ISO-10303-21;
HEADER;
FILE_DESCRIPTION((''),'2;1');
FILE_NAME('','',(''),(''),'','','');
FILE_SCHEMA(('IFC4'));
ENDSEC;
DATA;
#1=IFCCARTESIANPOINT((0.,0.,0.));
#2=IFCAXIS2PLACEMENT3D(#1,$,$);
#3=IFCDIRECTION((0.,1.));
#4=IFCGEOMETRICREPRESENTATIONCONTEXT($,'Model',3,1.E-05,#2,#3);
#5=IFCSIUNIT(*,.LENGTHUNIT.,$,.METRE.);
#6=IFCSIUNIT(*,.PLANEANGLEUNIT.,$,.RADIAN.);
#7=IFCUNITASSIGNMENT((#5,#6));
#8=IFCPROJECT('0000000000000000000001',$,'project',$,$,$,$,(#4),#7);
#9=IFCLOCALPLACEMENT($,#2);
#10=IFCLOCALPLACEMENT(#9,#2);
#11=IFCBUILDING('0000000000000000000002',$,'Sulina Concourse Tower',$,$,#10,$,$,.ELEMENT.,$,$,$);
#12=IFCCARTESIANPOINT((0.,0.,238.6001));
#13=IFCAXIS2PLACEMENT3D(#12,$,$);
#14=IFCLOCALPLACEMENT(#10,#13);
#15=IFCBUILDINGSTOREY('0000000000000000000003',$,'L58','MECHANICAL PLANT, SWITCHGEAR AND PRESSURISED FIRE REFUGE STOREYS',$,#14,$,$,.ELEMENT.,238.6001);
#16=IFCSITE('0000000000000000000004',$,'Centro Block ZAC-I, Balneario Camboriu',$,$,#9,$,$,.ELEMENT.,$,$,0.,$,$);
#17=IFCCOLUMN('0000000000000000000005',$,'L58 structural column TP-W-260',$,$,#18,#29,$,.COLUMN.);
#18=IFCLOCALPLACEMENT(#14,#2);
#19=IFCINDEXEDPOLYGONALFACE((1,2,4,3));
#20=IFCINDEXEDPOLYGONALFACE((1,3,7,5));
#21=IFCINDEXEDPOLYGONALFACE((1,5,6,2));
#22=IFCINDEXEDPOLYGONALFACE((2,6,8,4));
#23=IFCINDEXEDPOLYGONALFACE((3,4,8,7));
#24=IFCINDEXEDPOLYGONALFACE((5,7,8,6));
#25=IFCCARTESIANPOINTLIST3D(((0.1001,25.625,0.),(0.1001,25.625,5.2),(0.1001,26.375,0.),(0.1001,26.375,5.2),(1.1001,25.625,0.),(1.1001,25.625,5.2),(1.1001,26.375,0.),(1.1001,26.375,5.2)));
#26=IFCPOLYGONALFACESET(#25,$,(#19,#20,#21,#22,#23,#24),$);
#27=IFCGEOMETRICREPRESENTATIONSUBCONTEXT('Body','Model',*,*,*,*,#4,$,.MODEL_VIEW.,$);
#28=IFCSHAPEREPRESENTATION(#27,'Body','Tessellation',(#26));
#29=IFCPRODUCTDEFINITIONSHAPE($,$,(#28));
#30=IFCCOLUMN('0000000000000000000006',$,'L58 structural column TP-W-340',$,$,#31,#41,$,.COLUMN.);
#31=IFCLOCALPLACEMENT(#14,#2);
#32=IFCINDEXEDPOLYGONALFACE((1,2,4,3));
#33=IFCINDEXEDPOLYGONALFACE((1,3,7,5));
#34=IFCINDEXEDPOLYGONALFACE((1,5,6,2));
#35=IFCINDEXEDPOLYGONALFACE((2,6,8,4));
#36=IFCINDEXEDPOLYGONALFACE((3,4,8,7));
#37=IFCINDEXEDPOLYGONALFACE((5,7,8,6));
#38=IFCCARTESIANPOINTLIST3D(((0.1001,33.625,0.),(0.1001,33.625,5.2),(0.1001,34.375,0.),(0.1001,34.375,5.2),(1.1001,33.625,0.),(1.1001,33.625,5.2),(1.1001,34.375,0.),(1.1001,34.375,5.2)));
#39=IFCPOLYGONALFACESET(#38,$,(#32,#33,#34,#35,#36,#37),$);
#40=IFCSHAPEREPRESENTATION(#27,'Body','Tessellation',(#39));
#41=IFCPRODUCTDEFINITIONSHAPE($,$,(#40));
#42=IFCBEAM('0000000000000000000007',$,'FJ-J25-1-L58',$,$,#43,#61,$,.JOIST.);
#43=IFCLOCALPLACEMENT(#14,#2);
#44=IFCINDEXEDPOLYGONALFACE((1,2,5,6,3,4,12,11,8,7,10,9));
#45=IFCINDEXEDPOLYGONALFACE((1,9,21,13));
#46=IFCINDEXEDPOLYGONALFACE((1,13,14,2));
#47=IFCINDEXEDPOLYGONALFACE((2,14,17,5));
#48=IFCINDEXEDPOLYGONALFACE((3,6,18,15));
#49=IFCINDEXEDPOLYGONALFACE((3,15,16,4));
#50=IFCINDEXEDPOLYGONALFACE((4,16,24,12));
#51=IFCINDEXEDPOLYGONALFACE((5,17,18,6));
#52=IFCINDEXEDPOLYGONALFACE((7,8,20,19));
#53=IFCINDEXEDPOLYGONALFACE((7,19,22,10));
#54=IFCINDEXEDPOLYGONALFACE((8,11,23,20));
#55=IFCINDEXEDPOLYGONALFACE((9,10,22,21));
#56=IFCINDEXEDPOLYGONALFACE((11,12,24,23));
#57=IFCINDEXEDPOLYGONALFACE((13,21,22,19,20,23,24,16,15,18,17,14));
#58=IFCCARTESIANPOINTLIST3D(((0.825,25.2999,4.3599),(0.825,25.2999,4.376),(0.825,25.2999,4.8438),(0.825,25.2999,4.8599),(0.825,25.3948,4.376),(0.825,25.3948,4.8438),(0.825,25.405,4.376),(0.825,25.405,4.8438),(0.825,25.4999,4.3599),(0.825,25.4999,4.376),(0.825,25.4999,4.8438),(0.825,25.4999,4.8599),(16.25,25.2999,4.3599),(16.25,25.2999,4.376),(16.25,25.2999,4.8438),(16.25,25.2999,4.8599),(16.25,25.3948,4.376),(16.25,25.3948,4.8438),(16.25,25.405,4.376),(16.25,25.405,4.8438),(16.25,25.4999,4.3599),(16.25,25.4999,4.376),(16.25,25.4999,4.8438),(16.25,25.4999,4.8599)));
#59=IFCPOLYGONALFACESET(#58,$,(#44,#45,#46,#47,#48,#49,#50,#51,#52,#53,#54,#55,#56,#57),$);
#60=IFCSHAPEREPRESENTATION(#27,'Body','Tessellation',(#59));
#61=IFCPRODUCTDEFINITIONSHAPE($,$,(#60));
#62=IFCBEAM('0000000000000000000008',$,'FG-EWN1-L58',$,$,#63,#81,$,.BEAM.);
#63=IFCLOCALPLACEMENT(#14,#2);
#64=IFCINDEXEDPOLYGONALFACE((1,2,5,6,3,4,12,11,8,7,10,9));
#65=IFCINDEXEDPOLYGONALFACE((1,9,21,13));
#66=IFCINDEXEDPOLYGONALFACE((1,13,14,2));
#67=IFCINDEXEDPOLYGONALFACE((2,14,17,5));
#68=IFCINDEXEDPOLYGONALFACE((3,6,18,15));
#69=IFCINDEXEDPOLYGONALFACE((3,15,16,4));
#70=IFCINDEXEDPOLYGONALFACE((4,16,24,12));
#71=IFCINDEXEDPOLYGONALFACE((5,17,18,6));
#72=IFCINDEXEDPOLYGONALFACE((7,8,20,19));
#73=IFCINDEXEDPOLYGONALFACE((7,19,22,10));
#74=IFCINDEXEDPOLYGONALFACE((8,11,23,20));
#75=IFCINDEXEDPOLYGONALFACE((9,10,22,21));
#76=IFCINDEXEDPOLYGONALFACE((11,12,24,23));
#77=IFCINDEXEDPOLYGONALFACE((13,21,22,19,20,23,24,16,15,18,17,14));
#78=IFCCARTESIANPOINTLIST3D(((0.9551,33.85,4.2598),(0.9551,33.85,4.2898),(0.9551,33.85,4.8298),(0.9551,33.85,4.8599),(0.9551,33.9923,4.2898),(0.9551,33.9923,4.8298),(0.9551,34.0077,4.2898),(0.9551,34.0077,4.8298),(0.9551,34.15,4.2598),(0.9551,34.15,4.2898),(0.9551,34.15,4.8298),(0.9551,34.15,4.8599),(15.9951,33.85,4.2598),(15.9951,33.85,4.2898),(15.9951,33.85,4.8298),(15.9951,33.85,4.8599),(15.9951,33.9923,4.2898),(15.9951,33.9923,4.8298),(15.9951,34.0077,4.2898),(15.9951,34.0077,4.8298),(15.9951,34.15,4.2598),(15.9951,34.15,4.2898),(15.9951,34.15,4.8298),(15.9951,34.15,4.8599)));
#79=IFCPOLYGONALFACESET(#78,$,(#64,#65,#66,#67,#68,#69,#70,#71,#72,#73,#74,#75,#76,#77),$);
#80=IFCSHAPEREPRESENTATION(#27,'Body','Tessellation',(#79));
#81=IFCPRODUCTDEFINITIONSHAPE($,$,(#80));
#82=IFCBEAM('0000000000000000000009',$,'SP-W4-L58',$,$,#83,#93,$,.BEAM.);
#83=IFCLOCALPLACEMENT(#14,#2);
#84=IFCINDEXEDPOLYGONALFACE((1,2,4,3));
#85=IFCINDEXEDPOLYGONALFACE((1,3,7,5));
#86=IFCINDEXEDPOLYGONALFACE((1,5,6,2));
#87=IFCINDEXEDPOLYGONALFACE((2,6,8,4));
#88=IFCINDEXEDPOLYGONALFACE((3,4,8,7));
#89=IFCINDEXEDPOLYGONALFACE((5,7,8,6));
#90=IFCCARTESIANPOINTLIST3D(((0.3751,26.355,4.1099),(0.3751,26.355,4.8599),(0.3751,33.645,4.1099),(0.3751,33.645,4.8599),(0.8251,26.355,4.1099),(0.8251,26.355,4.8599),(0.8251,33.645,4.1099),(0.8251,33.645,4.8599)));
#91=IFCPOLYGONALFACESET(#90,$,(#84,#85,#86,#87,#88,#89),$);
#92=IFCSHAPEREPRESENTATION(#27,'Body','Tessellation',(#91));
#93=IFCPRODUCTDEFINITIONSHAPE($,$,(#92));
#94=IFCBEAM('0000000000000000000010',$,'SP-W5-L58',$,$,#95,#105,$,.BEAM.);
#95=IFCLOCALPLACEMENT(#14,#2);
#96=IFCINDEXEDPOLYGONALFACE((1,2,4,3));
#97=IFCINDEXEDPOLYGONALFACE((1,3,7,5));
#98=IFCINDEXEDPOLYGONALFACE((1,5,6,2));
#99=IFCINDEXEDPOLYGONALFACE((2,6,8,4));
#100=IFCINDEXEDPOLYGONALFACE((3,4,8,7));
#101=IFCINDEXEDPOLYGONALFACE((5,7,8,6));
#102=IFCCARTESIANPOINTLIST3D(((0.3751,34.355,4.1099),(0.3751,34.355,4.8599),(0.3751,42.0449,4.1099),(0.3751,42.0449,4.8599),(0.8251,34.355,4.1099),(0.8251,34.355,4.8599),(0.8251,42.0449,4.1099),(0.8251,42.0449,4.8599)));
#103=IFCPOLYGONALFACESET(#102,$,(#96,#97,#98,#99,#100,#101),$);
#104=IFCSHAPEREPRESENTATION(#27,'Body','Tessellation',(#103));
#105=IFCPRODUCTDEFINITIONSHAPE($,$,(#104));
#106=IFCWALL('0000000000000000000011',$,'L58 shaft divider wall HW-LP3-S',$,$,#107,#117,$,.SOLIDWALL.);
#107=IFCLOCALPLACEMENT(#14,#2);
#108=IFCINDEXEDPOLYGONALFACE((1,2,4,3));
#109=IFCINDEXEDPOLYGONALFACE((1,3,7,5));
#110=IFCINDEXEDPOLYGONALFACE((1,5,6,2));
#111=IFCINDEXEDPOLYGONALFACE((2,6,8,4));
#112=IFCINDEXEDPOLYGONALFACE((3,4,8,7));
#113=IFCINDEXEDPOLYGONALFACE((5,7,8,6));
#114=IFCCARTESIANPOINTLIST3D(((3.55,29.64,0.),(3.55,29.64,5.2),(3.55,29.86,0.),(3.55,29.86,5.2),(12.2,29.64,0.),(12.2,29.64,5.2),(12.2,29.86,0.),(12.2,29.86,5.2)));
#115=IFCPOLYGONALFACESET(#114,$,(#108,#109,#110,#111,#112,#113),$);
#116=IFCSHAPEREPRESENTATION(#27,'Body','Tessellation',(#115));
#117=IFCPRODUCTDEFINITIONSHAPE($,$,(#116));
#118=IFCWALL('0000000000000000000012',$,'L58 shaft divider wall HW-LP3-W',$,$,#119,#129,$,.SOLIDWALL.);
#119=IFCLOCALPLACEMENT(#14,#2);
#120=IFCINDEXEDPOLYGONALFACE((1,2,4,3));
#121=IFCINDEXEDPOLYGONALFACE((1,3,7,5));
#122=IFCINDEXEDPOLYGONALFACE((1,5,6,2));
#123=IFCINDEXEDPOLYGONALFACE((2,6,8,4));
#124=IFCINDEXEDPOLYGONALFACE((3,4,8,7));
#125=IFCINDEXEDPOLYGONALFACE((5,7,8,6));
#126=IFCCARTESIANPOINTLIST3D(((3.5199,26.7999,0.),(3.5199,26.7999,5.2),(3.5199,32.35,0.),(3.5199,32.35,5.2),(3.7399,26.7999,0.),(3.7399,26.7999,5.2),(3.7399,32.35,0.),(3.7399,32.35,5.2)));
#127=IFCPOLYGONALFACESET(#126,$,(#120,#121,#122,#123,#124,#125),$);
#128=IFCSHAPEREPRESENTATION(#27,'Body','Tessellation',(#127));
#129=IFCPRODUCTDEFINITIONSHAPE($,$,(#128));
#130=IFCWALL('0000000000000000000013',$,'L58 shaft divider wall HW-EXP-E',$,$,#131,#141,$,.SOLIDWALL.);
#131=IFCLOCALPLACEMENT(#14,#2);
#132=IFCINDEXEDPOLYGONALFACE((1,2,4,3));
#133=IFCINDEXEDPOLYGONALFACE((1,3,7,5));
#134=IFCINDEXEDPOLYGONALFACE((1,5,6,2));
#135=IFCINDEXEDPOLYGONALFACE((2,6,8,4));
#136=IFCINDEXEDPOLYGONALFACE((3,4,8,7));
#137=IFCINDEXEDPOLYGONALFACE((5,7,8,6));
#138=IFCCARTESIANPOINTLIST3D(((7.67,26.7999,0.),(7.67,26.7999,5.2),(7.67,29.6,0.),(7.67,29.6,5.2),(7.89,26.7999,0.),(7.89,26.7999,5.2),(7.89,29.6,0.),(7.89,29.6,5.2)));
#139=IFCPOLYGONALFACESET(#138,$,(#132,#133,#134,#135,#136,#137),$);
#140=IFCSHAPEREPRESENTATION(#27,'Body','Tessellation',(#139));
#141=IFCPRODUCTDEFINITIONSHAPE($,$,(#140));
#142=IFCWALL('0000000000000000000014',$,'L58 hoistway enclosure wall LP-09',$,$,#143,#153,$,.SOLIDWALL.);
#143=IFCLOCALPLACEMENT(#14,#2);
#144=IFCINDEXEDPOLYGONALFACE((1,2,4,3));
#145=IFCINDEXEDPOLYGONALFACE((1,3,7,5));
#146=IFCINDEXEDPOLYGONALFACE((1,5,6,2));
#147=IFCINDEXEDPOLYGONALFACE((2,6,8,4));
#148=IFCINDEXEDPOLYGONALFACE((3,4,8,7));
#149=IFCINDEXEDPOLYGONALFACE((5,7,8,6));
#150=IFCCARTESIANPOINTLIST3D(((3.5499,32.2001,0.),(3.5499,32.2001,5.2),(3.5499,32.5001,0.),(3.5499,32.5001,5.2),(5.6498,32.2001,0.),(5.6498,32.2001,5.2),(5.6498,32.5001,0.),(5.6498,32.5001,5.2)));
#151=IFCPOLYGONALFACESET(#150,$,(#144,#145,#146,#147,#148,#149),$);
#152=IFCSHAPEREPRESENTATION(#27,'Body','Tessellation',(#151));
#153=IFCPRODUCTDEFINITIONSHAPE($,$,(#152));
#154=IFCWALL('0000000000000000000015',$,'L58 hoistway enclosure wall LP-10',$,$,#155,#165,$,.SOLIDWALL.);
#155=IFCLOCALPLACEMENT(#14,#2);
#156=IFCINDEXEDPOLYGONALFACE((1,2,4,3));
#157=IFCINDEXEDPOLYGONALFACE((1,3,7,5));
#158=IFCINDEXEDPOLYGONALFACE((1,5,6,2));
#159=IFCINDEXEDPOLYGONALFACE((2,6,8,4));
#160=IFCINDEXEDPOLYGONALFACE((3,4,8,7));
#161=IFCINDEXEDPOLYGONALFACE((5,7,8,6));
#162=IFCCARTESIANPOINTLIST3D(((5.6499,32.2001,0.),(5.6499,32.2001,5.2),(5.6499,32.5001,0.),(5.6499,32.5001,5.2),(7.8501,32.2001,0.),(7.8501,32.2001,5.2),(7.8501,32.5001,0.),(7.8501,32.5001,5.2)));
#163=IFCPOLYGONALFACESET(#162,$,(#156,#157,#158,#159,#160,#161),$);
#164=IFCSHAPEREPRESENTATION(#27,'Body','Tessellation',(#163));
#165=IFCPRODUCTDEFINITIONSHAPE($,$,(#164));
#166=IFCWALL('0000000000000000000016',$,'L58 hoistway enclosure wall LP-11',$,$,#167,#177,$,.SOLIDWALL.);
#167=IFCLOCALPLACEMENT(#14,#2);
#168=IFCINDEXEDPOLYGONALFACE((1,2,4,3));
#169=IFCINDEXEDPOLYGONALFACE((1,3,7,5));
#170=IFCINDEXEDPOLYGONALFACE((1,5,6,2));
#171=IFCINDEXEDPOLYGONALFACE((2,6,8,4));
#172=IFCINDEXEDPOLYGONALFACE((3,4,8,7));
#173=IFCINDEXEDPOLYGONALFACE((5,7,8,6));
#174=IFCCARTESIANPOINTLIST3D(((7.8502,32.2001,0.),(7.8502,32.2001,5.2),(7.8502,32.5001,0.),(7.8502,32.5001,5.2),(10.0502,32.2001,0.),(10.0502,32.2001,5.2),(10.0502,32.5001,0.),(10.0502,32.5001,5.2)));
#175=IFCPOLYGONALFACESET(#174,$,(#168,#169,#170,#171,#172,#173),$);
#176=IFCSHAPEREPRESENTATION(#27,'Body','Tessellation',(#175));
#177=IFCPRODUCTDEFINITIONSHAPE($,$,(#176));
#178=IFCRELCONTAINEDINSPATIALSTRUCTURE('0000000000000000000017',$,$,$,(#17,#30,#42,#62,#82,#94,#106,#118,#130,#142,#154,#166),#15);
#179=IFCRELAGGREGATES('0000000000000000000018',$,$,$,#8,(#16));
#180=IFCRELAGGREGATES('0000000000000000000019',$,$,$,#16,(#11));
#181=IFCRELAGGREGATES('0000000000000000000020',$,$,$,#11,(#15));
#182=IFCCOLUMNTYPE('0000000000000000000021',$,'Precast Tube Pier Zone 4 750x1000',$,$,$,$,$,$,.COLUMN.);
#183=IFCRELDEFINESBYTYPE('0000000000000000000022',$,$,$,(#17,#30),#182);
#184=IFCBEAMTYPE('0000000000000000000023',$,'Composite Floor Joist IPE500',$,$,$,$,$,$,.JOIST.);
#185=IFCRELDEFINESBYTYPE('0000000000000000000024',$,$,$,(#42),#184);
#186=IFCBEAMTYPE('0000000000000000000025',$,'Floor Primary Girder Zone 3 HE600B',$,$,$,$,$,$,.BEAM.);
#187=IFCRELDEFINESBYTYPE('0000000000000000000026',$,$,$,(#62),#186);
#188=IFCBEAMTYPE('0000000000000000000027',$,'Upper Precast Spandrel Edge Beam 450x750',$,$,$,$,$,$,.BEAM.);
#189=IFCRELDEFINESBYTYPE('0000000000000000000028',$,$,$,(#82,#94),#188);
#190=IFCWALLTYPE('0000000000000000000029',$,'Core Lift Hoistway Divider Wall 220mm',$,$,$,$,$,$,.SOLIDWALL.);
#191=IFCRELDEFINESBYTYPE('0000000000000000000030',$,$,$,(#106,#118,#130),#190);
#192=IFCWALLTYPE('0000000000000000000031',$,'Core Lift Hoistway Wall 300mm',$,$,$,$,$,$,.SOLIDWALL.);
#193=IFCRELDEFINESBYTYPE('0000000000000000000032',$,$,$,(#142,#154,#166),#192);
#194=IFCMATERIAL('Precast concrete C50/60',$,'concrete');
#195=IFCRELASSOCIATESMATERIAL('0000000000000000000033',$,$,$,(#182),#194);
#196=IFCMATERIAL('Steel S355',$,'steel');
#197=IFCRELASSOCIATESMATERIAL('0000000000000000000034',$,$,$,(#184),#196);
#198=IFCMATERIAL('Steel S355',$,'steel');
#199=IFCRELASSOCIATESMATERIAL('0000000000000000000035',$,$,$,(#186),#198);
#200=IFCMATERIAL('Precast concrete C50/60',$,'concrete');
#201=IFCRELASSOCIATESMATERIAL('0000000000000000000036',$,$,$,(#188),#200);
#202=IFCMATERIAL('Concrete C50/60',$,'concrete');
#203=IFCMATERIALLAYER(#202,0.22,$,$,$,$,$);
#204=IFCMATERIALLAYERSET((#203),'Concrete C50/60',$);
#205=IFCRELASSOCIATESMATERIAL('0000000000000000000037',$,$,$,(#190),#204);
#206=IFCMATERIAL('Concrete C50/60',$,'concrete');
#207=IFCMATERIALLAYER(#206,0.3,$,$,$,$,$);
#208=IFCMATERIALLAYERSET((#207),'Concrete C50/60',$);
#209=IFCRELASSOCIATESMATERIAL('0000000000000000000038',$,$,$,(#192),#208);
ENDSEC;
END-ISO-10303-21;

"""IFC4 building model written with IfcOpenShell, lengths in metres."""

from ifc_helpers import new_model, si_unit, direction, frame, frame_2d, origin, origin_2d, place, context, subcontext, project, spatial, rectangle, i_section, extrude, material, layer, layer_set, material_profile, profile_set, type_object, element, save


model = new_model("IFC4")

# Units and contexts
model_context = context("Model", 3, precision=1e-05, world=origin(), true_north=direction((0.0, 1.0)))
body_context = subcontext(model_context, "Body", "Model", "MODEL_VIEW")
ifc_project = project(units=[si_unit("LENGTHUNIT", "METRE"), si_unit("PLANEANGLEUNIT", "RADIAN")], contexts=[model_context])

# Site, building, storey
site_placement = place(None, origin())
site = spatial("IfcSite", under=ifc_project, at=site_placement, Name="Centro Block ZAC-I, Balneario Camboriu", CompositionType="ELEMENT", RefElevation=0.0)
building_placement = place(site_placement, origin())
building = spatial("IfcBuilding", under=site, at=building_placement, Name="Sulina Concourse Tower", CompositionType="ELEMENT")
storey_placement = place(building_placement, frame((0.0, 0.0, 238.6001)))
storey = spatial("IfcBuildingStorey", under=building, at=storey_placement, Name="L58", Description="MECHANICAL PLANT, SWITCHGEAR AND PRESSURISED FIRE REFUGE STOREYS", CompositionType="ELEMENT", Elevation=238.6001)

# Columns
ifc_material_1 = material(Name="Precast concrete C50/60", Category="concrete")
ifc_material_profile_1 = material_profile(ifc_material_1, rectangle(XDim=0.75, YDim=1.0, at=origin_2d()), Name="PC 750x1000")
ifc_profile_set_1 = profile_set([ifc_material_profile_1], Name="Precast concrete C50/60")
column_type = type_object("IfcColumnType", Name="Precast Tube Pier Zone 4 750x1000", PredefinedType="COLUMN", material=ifc_profile_set_1)
for number, where, z_axis, x_axis, name in (
    (1, (0.6001, 26.0, 0.0), (0.0, 0.0, 1.0), (0.0, 1.0, 0.0), "L58 structural column TP-W-260"),
    (2, (0.6001, 34.0, 0.0), (0.0, 0.0, 1.0), (0.0, 1.0, 0.0), "L58 structural column TP-W-340"),
):
    element("IfcColumn", number, at=place(storey_placement, frame(where, z_axis=z_axis, x_axis=x_axis)), inside=storey, type_object=column_type, Name=name, PredefinedType="COLUMN", context=body_context, shape_type="SweptSolid", body=[
        extrude(rectangle(XDim=0.75, YDim=1.0, at=origin_2d()), origin(), (0.0, 0.0, 1.0), 5.2),
    ])

# Beams
ifc_material_2 = material(Name="Steel S355", Category="steel")
ifc_material_profile_2 = material_profile(ifc_material_2, i_section(OverallWidth=0.2, OverallDepth=0.5, WebThickness=0.0103, FlangeThickness=0.0161, at=origin_2d()), Name="IPE 500")
ifc_profile_set_2 = profile_set([ifc_material_profile_2], Name="Steel S355")
beam_type_1 = type_object("IfcBeamType", Name="Composite Floor Joist IPE500", PredefinedType="JOIST", material=ifc_profile_set_2)
beam_1_placement = place(storey_placement, frame((0.825, 25.3999, 4.6099), z_axis=(1.0, 0.0, 0.0), x_axis=(0.0, 1.0, 0.0)))
element("IfcBeam", 3, at=beam_1_placement, inside=storey, type_object=beam_type_1, Name="FJ-J25-1-L58", PredefinedType="JOIST", context=body_context, shape_type="SweptSolid", body=[
    extrude(i_section(OverallWidth=0.2, OverallDepth=0.5, WebThickness=0.0103, FlangeThickness=0.0161, at=origin_2d()), origin(), (0.0, 0.0, 1.0), 15.425),
])
ifc_material_3 = material(Name="Steel S355", Category="steel")
ifc_material_profile_3 = material_profile(ifc_material_3, i_section(OverallWidth=0.3, OverallDepth=0.6001, WebThickness=0.0154, FlangeThickness=0.03, at=origin_2d()), Name="HE 600 B")
ifc_profile_set_3 = profile_set([ifc_material_profile_3], Name="Steel S355")
beam_type_2 = type_object("IfcBeamType", Name="Floor Primary Girder Zone 3 HE600B", PredefinedType="BEAM", material=ifc_profile_set_3)
beam_2_placement = place(storey_placement, frame((0.9551, 34.0, 4.5598), z_axis=(1.0, 0.0, 0.0), x_axis=(0.0, 1.0, 0.0)))
element("IfcBeam", 4, at=beam_2_placement, inside=storey, type_object=beam_type_2, Name="FG-EWN1-L58", PredefinedType="BEAM", context=body_context, shape_type="SweptSolid", body=[
    extrude(i_section(OverallWidth=0.3, OverallDepth=0.6001, WebThickness=0.0154, FlangeThickness=0.03, at=origin_2d()), origin(), (0.0, 0.0, 1.0), 15.04),
])
ifc_material_4 = material(Name="Precast concrete C50/60", Category="concrete")
ifc_material_profile_4 = material_profile(ifc_material_4, rectangle(XDim=0.45, YDim=0.75, at=origin_2d()), Name="RC 450x750")
ifc_profile_set_4 = profile_set([ifc_material_profile_4], Name="Precast concrete C50/60")
beam_type_3 = type_object("IfcBeamType", Name="Upper Precast Spandrel Edge Beam 450x750", PredefinedType="BEAM", material=ifc_profile_set_4)
beam_3_placement = place(storey_placement, frame((0.6001, 26.355, 4.4849), z_axis=(0.0, 1.0, 0.0), x_axis=(-1.0, 0.0, 0.0)))
element("IfcBeam", 5, at=beam_3_placement, inside=storey, type_object=beam_type_3, Name="SP-W4-L58", PredefinedType="BEAM", context=body_context, shape_type="SweptSolid", body=[
    extrude(rectangle(XDim=0.45, YDim=0.75, at=origin_2d()), origin(), (0.0, 0.0, 1.0), 7.29),
])
beam_4_placement = place(storey_placement, frame((0.6001, 34.355, 4.4849), z_axis=(0.0, 1.0, 0.0), x_axis=(-1.0, 0.0, 0.0)))
element("IfcBeam", 6, at=beam_4_placement, inside=storey, type_object=beam_type_3, Name="SP-W5-L58", PredefinedType="BEAM", context=body_context, shape_type="SweptSolid", body=[
    extrude(rectangle(XDim=0.45, YDim=0.75, at=origin_2d()), origin(), (0.0, 0.0, 1.0), 7.6899),
])

# Walls
ifc_material_5 = material(Name="Concrete C50/60", Category="concrete")
ifc_layer_1 = layer(ifc_material_5, 0.22)
ifc_layer_set_1 = layer_set([ifc_layer_1], Name="Concrete C50/60")
wall_type_1 = type_object("IfcWallType", Name="Core Lift Hoistway Divider Wall 220mm", PredefinedType="SOLIDWALL", material=ifc_layer_set_1)
wall_1_placement = place(storey_placement, frame((3.55, 29.75, 0.0), z_axis=(0.0, 0.0, 1.0), x_axis=(1.0, 0.0, 0.0)))
element("IfcWall", 7, at=wall_1_placement, inside=storey, type_object=wall_type_1, Name="L58 shaft divider wall HW-LP3-S", PredefinedType="SOLIDWALL", context=body_context, shape_type="SweptSolid", body=[
    extrude(rectangle(XDim=8.6499, YDim=0.22, at=frame_2d((4.325, 0.0))), origin(), (0.0, 0.0, 1.0), 5.2),
])
wall_2_placement = place(storey_placement, frame((3.6299, 26.8, 0.0), z_axis=(0.0, 0.0, 1.0), x_axis=(0.0, 1.0, 0.0)))
element("IfcWall", 8, at=wall_2_placement, inside=storey, type_object=wall_type_1, Name="L58 shaft divider wall HW-LP3-W", PredefinedType="SOLIDWALL", context=body_context, shape_type="SweptSolid", body=[
    extrude(rectangle(XDim=5.55, YDim=0.22, at=frame_2d((2.7749, 0.0))), origin(), (0.0, 0.0, 1.0), 5.2),
])
wall_3_placement = place(storey_placement, frame((7.78, 26.8, 0.0), z_axis=(0.0, 0.0, 1.0), x_axis=(0.0, 1.0, 0.0)))
element("IfcWall", 9, at=wall_3_placement, inside=storey, type_object=wall_type_1, Name="L58 shaft divider wall HW-EXP-E", PredefinedType="SOLIDWALL", context=body_context, shape_type="SweptSolid", body=[
    extrude(rectangle(XDim=2.8, YDim=0.22, at=frame_2d((1.3999, 0.0))), origin(), (0.0, 0.0, 1.0), 5.2),
])
ifc_material_6 = material(Name="Concrete C50/60", Category="concrete")
ifc_layer_2 = layer(ifc_material_6, 0.3)
ifc_layer_set_2 = layer_set([ifc_layer_2], Name="Concrete C50/60")
wall_type_2 = type_object("IfcWallType", Name="Core Lift Hoistway Wall 300mm", PredefinedType="SOLIDWALL", material=ifc_layer_set_2)
wall_4_placement = place(storey_placement, frame((3.55, 32.3501, 0.0), z_axis=(0.0, 0.0, 1.0), x_axis=(1.0, 0.0, 0.0)))
element("IfcWall", 10, at=wall_4_placement, inside=storey, type_object=wall_type_2, Name="L58 hoistway enclosure wall LP-09", PredefinedType="SOLIDWALL", context=body_context, shape_type="SweptSolid", body=[
    extrude(rectangle(XDim=2.0999, YDim=0.3, at=frame_2d((1.0498, 0.0))), origin(), (0.0, 0.0, 1.0), 5.2),
])
wall_5_placement = place(storey_placement, frame((5.6499, 32.3501, 0.0), z_axis=(0.0, 0.0, 1.0), x_axis=(1.0, 0.0, 0.0)))
element("IfcWall", 11, at=wall_5_placement, inside=storey, type_object=wall_type_2, Name="L58 hoistway enclosure wall LP-10", PredefinedType="SOLIDWALL", context=body_context, shape_type="SweptSolid", body=[
    extrude(rectangle(XDim=2.2002, YDim=0.3, at=frame_2d((1.1001, 0.0))), origin(), (0.0, 0.0, 1.0), 5.2),
])
wall_6_placement = place(storey_placement, frame((7.8501, 32.3501, 0.0), z_axis=(0.0, 0.0, 1.0), x_axis=(1.0, 0.0, 0.0)))
element("IfcWall", 12, at=wall_6_placement, inside=storey, type_object=wall_type_2, Name="L58 hoistway enclosure wall LP-11", PredefinedType="SOLIDWALL", context=body_context, shape_type="SweptSolid", body=[
    extrude(rectangle(XDim=2.2, YDim=0.3, at=frame_2d((1.1001, 0.0))), origin(), (0.0, 0.0, 1.0), 5.2),
])

save(model, "model.ifc")
